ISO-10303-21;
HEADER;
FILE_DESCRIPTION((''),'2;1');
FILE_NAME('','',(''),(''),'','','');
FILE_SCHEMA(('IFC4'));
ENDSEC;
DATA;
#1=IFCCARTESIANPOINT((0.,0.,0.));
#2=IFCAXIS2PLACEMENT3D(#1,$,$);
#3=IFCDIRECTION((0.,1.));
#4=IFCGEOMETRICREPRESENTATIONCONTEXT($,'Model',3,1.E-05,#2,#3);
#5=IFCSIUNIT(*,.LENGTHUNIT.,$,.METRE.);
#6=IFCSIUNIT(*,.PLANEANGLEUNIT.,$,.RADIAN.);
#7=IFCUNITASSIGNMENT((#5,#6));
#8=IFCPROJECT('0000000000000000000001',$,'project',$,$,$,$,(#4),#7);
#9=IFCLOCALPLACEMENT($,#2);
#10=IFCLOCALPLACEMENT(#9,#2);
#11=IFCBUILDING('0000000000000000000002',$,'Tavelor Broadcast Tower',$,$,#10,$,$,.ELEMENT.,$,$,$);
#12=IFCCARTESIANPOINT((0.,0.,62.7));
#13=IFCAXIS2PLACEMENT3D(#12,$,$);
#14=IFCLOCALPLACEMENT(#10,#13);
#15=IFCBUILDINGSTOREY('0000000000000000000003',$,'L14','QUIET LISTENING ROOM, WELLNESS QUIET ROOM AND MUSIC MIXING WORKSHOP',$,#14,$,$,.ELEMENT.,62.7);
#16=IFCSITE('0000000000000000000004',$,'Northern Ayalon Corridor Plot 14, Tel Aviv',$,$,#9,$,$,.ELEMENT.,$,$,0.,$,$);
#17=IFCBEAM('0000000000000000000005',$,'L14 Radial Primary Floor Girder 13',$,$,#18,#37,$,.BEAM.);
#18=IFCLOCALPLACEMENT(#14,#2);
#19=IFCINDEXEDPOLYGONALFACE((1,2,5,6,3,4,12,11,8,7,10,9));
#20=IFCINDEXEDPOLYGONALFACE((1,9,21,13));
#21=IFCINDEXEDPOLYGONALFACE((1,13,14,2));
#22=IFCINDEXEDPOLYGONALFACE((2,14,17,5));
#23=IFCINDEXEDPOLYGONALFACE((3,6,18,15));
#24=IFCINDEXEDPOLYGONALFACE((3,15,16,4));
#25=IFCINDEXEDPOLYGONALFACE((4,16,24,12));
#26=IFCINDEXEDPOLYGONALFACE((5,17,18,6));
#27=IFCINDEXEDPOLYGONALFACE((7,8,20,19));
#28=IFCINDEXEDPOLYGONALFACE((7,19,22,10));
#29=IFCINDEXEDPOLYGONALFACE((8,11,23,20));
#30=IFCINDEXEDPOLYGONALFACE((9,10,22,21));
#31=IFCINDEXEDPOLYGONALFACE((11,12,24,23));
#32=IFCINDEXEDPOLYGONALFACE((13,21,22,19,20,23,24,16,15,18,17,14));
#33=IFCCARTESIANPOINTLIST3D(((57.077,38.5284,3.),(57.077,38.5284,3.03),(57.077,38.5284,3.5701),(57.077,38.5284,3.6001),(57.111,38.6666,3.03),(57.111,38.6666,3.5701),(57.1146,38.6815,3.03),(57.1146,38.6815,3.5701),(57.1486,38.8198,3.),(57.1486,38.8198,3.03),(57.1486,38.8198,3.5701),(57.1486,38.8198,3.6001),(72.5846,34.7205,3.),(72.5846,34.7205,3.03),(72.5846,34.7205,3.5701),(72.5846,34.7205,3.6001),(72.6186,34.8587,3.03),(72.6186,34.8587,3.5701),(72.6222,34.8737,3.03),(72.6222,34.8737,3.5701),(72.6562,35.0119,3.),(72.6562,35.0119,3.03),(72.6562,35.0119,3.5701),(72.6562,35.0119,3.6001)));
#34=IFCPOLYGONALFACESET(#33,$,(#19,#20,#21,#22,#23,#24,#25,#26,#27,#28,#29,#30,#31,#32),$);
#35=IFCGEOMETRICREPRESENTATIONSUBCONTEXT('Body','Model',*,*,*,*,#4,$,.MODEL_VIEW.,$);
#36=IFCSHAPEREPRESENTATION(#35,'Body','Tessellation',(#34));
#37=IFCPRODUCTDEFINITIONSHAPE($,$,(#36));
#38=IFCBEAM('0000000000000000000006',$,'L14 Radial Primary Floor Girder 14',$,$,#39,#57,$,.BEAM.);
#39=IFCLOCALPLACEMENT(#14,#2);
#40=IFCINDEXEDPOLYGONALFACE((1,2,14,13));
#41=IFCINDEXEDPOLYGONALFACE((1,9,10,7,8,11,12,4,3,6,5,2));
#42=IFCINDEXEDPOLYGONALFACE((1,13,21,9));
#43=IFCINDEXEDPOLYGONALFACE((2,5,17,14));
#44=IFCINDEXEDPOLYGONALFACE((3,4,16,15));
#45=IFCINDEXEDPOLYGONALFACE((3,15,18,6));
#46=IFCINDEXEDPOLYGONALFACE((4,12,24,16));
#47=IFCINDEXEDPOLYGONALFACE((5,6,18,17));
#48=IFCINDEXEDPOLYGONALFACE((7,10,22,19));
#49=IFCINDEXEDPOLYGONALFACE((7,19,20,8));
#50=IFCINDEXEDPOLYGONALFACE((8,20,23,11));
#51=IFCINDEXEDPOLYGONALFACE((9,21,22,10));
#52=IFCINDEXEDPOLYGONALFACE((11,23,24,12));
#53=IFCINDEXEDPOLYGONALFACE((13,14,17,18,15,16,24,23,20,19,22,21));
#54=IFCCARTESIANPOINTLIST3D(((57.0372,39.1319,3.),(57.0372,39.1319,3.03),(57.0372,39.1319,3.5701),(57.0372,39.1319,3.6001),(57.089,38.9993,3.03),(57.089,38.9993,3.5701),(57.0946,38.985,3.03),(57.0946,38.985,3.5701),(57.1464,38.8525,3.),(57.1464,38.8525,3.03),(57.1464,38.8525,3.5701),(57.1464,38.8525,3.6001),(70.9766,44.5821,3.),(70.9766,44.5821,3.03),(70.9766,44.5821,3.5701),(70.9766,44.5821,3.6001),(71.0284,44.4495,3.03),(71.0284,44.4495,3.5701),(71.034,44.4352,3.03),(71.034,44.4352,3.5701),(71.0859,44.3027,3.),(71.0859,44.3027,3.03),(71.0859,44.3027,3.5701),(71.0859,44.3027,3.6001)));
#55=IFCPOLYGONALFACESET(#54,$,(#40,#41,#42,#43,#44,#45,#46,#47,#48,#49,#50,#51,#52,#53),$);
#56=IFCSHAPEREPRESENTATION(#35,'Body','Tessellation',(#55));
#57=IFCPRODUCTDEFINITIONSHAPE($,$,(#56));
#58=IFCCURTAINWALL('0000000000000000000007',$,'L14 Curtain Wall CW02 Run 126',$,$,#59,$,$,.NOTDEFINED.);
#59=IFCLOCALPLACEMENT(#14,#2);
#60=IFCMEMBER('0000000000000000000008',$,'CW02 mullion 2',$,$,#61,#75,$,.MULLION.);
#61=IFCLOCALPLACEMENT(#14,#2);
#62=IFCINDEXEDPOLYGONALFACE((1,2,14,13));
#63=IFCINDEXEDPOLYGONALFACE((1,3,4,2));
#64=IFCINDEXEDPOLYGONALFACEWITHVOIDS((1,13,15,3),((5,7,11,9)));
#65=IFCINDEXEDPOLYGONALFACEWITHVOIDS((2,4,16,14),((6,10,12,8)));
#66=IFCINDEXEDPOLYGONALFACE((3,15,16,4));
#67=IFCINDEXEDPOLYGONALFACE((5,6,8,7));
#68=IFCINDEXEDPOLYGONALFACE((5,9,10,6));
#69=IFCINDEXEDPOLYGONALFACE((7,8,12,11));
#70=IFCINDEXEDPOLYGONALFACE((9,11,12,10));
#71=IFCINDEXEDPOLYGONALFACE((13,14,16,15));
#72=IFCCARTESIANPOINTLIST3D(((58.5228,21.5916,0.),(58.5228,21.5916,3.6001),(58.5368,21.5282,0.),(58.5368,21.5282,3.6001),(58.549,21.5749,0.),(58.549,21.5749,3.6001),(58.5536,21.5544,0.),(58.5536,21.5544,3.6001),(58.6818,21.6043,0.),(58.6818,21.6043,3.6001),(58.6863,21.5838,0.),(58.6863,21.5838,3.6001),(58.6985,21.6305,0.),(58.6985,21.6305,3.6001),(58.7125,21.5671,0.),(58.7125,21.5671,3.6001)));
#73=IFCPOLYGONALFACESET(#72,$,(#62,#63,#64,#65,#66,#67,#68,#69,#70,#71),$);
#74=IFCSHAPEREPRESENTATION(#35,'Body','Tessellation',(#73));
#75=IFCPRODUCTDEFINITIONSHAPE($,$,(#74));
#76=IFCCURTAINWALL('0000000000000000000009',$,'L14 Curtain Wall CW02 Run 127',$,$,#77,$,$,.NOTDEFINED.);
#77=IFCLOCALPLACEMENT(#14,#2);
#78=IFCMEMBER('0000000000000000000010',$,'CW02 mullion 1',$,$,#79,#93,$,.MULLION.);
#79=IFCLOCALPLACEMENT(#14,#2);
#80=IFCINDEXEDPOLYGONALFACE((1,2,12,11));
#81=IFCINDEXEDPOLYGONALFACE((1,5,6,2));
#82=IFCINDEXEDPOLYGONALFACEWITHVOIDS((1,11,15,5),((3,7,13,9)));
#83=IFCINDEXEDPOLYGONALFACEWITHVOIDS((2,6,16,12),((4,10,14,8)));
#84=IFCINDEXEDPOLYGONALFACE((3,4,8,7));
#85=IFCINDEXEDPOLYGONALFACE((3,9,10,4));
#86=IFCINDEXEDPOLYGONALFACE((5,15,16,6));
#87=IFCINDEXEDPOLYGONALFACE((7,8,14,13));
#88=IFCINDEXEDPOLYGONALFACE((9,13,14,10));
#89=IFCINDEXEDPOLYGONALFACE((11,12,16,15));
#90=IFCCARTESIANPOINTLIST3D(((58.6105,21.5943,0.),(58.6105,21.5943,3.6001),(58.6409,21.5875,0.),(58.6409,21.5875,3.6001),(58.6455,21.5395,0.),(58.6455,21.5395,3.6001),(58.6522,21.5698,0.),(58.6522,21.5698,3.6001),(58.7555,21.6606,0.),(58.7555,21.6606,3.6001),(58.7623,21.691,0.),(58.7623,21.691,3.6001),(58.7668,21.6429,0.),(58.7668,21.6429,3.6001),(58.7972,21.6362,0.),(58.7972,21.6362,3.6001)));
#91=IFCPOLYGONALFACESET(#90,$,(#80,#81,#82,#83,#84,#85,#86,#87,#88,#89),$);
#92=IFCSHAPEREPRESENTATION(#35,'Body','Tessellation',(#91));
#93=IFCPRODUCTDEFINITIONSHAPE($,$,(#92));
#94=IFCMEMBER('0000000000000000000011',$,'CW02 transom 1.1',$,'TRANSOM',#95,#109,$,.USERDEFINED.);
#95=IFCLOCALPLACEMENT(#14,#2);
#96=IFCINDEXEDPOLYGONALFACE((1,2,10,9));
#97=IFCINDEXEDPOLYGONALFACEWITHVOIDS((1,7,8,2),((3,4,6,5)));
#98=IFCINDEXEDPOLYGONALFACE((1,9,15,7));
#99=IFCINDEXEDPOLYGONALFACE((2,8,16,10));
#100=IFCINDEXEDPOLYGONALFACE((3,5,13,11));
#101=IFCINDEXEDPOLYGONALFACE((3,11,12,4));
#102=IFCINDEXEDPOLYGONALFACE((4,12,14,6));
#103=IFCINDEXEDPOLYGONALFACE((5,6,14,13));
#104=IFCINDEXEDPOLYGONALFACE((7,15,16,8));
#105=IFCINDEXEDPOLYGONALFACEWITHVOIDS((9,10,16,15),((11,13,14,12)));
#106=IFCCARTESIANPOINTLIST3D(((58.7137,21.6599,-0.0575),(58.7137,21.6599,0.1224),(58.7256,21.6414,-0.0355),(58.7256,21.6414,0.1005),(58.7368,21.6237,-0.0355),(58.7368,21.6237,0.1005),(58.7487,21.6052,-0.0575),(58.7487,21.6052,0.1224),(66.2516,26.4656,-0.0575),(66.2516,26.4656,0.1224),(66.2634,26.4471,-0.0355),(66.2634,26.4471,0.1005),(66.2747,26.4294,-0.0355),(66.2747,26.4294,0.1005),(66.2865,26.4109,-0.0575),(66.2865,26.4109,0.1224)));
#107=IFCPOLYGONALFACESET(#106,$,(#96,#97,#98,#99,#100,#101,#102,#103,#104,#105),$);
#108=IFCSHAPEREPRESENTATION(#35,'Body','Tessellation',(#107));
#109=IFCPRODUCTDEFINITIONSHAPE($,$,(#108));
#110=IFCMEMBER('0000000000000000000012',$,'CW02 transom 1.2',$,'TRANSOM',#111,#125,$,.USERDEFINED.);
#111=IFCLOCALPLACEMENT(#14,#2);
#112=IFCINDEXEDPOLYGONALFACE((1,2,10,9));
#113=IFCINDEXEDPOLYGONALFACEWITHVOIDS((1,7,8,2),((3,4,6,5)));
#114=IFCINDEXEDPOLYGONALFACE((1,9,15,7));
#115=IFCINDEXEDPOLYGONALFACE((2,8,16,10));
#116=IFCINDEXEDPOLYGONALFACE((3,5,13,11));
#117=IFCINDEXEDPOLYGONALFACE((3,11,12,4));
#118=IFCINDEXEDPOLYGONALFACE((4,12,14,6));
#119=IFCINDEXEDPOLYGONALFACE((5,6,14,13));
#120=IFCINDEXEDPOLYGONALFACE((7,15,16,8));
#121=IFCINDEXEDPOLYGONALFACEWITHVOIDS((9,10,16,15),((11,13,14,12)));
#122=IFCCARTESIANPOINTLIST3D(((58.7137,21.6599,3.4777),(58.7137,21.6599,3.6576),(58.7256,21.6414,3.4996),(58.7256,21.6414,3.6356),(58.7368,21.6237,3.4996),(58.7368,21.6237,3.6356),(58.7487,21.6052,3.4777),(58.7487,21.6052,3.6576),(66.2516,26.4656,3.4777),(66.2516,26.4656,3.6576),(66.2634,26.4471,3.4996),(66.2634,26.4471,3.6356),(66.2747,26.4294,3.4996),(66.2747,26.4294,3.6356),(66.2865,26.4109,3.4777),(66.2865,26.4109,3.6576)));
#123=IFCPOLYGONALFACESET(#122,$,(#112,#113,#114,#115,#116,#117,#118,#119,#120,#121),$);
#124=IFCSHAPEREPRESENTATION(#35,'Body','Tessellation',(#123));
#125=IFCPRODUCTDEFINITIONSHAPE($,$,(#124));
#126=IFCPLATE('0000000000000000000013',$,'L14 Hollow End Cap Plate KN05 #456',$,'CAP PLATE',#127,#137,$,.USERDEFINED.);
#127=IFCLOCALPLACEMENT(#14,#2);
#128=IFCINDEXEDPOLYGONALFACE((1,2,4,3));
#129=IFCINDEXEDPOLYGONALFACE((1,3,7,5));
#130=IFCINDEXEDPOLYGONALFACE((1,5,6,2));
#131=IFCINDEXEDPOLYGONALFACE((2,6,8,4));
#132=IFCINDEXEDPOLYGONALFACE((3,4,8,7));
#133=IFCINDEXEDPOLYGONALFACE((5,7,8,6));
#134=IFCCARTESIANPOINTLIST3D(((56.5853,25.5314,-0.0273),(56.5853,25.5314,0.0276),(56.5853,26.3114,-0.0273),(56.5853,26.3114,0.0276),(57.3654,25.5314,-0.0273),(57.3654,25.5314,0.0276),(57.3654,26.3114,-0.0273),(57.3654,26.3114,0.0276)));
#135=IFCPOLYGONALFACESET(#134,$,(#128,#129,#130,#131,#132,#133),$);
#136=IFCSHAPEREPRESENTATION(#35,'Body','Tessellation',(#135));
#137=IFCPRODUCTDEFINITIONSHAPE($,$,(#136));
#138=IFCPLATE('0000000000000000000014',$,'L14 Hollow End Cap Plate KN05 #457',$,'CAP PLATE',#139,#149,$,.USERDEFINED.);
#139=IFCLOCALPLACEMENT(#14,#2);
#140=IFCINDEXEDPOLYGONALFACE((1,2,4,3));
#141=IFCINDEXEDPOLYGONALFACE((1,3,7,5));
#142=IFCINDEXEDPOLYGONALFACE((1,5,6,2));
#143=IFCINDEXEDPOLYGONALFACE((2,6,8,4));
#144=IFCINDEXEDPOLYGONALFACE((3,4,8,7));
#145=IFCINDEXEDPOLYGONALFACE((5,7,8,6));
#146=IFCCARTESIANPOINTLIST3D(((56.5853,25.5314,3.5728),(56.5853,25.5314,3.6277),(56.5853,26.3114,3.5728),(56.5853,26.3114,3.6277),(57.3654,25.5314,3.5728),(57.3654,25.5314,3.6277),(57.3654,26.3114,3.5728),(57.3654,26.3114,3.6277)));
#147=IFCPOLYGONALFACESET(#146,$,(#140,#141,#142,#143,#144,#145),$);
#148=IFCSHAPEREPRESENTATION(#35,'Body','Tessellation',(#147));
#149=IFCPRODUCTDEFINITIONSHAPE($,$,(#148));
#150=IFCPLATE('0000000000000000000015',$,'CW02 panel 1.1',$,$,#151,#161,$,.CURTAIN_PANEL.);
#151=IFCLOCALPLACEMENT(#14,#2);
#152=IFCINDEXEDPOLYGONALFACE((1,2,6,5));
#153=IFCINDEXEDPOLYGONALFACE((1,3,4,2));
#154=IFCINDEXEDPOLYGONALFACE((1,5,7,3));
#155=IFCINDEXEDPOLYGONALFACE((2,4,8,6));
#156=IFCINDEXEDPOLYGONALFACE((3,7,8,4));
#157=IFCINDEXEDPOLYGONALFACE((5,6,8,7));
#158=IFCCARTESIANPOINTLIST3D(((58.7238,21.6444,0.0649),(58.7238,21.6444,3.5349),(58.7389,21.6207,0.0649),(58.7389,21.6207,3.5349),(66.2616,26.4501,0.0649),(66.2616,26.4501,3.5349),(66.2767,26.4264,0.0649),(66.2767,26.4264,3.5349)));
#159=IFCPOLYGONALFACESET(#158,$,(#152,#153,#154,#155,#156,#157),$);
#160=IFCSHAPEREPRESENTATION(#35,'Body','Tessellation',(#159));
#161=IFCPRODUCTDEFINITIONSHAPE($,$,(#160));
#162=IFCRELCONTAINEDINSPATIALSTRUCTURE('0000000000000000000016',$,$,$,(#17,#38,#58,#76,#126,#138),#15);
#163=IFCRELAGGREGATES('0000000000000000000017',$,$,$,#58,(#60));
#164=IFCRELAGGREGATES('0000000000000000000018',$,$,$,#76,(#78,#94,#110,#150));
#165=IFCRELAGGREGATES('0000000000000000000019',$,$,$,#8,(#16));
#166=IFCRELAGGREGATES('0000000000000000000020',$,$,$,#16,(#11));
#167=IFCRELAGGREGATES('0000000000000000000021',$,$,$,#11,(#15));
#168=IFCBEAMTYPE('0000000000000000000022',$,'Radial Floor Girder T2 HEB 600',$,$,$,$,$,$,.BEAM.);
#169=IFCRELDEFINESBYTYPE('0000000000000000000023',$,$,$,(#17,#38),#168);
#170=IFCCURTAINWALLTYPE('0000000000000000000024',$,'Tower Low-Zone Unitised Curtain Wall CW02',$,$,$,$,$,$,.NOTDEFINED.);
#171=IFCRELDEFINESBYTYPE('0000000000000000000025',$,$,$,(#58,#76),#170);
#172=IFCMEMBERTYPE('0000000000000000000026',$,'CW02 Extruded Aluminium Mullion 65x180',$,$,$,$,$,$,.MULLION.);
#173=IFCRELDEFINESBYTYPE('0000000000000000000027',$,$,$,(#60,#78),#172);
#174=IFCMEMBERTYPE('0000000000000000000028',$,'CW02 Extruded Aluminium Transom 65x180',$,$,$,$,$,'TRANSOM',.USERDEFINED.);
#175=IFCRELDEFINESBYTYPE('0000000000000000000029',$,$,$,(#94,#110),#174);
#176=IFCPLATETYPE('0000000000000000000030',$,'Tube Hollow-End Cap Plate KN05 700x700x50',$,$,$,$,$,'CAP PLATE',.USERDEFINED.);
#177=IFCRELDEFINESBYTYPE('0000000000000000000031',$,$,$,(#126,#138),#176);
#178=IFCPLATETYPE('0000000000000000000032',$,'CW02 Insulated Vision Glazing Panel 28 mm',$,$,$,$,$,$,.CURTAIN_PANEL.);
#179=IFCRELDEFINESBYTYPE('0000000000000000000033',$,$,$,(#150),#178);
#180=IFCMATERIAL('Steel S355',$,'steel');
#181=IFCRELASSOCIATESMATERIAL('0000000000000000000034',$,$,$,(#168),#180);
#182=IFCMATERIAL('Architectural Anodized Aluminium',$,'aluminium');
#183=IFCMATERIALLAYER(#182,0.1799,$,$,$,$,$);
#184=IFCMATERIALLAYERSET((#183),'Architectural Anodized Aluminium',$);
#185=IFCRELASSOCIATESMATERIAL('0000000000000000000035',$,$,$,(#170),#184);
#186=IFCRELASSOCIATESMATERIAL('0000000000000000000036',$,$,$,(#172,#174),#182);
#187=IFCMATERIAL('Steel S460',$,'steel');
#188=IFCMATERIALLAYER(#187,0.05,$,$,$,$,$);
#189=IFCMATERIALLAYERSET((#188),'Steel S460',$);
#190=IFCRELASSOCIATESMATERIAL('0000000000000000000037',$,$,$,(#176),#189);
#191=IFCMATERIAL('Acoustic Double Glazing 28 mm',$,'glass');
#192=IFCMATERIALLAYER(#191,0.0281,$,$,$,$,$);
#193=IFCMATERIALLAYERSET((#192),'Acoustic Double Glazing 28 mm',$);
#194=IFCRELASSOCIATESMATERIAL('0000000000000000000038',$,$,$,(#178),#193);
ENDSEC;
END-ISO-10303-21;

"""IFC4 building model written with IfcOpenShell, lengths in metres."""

from ifc_helpers import new_model, si_unit, direction, frame, origin, origin_2d, place, context, subcontext, project, spatial, rectangle, hollow_rectangle, i_section, extrude, source, transform, mapped, material, layer, layer_set, material_profile, profile_set, type_object, type_shapes, element, aggregate, save


model = new_model("IFC4")

# Units and contexts
model_context = context("Model", 3, precision=1e-05, world=origin(), true_north=direction((0.0, 1.0)))
body_context = subcontext(model_context, "Body", "Model", "MODEL_VIEW")
ifc_project = project(units=[si_unit("LENGTHUNIT", "METRE"), si_unit("PLANEANGLEUNIT", "RADIAN")], contexts=[model_context])

# Site, building, storey
site_placement = place(None, origin())
site = spatial("IfcSite", under=ifc_project, at=site_placement, Name="Northern Ayalon Corridor Plot 14, Tel Aviv", CompositionType="ELEMENT", RefElevation=0.0)
building_placement = place(site_placement, origin())
building = spatial("IfcBuilding", under=site, at=building_placement, Name="Tavelor Broadcast Tower", CompositionType="ELEMENT")
storey_placement = place(building_placement, frame((0.0, 0.0, 62.7)))
storey = spatial("IfcBuildingStorey", under=building, at=storey_placement, Name="L14", Description="QUIET LISTENING ROOM, WELLNESS QUIET ROOM AND MUSIC MIXING WORKSHOP", CompositionType="ELEMENT", Elevation=62.7)

# Shared definitions
ifc_material_1 = material(Name="Steel S460", Category="steel")

# Beams
ifc_material_2 = material(Name="Steel S355", Category="steel")
ifc_material_profile_1 = material_profile(ifc_material_2, i_section(OverallWidth=0.3, OverallDepth=0.6001, WebThickness=0.0154, FlangeThickness=0.03, at=origin_2d()), Name="HEB 600")
ifc_profile_set_1 = profile_set([ifc_material_profile_1], Name="Steel S355")
beam_type_1 = type_object("IfcBeamType", Name="Radial Floor Girder T2 HEB 600", PredefinedType="BEAM", material=ifc_profile_set_1)
beam_1_placement = place(storey_placement, frame((57.1128, 38.6741, 3.3), z_axis=(0.971151, -0.238465, 0.0), x_axis=(0.238465, 0.971151, 0.0)))
element("IfcBeam", 1, at=beam_1_placement, inside=storey, type_object=beam_type_1, Name="L14 Radial Primary Floor Girder 13", PredefinedType="BEAM", context=body_context, shape_type="SweptSolid", body=[
    extrude(i_section(OverallWidth=0.3, OverallDepth=0.6001, WebThickness=0.0154, FlangeThickness=0.03, at=origin_2d()), origin(), (0.0, 0.0, 1.0), 15.9683),
])
beam_2_placement = place(storey_placement, frame((57.0918, 38.9922, 3.3), z_axis=(0.931342, 0.364146, 0.0), x_axis=(-0.364146, 0.931342, 0.0)))
element("IfcBeam", 2, at=beam_2_placement, inside=storey, type_object=beam_type_1, Name="L14 Radial Primary Floor Girder 14", PredefinedType="BEAM", context=body_context, shape_type="SweptSolid", body=[
    extrude(i_section(OverallWidth=0.3, OverallDepth=0.6001, WebThickness=0.0154, FlangeThickness=0.03, at=origin_2d()), origin(), (0.0, 0.0, 1.0), 14.967),
])

# Curtain wall, member
ifc_material_3 = material(Name="Architectural Anodized Aluminium", Category="aluminium")
ifc_layer_1 = layer(ifc_material_3, 0.1799)
ifc_layer_set_1 = layer_set([ifc_layer_1], Name="Architectural Anodized Aluminium")
curtain_wall_type = type_object("IfcCurtainWallType", Name="Tower Low-Zone Unitised Curtain Wall CW02", PredefinedType="NOTDEFINED", material=ifc_layer_set_1)
curtain_wall_1_placement = place(storey_placement, origin())
curtain_wall_1 = element("IfcCurtainWall", 3, at=curtain_wall_1_placement, inside=storey, type_object=curtain_wall_type, Name="L14 Curtain Wall CW02 Run 126", PredefinedType="NOTDEFINED")
ifc_material_profile_2 = material_profile(ifc_material_3, hollow_rectangle(XDim=0.0649, YDim=0.1799, WallThickness=0.022, at=origin_2d()), Name="RHS 65x180x22")
ifc_profile_set_2 = profile_set([ifc_material_profile_2], Name="Architectural Anodized Aluminium")
member_type_1 = type_object("IfcMemberType", Name="CW02 Extruded Aluminium Mullion 65x180", PredefinedType="MULLION", material=ifc_profile_set_2)
shared_shape_1 = source(origin(), body_context, "Body", "SweptSolid", [
    extrude(hollow_rectangle(XDim=0.0649, YDim=0.1799, WallThickness=0.022, at=origin_2d()), origin(), (0.0, 0.0, 1.0), 3.6001),
])
type_shapes(member_type_1, [shared_shape_1])
member_1_placement = place(storey_placement, frame((58.6177, 21.5793, 0.0), z_axis=(0.0, 0.0, 1.0), x_axis=(-0.216017, 0.97639, 0.0)))
member_1 = element("IfcMember", 4, at=member_1_placement, type_object=member_type_1, Name="CW02 mullion 2", PredefinedType="MULLION", context=body_context, shape_type="MappedRepresentation", body=[
    mapped(shared_shape_1, transform((0.0, 0.0, 0.0), scale=1.0)),
])
aggregate(curtain_wall_1, [member_1])

# Curtain wall, members
curtain_wall_2_placement = place(storey_placement, origin())
curtain_wall_2 = element("IfcCurtainWall", 5, at=curtain_wall_2_placement, inside=storey, type_object=curtain_wall_type, Name="L14 Curtain Wall CW02 Run 127", PredefinedType="NOTDEFINED")
member_2_placement = place(storey_placement, frame((58.7039, 21.6152, 0.0), z_axis=(0.0, 0.0, 1.0), x_axis=(-0.537579, 0.843213, 0.0)))
member_2 = element("IfcMember", 6, at=member_2_placement, type_object=member_type_1, Name="CW02 mullion 1", PredefinedType="MULLION", context=body_context, shape_type="MappedRepresentation", body=[
    mapped(shared_shape_1, transform((0.0, 0.0, 0.0), scale=1.0)),
])
ifc_material_profile_3 = material_profile(ifc_material_3, hollow_rectangle(XDim=0.0649, YDim=0.1799, WallThickness=0.022, at=origin_2d()), Name="RHS 65x180x22")
ifc_profile_set_3 = profile_set([ifc_material_profile_3], Name="Architectural Anodized Aluminium")
member_type_2 = type_object("IfcMemberType", Name="CW02 Extruded Aluminium Transom 65x180", ElementType="TRANSOM", PredefinedType="USERDEFINED", material=ifc_profile_set_3)
shared_shape_2 = source(origin(), body_context, "Body", "SweptSolid", [
    extrude(hollow_rectangle(XDim=0.0649, YDim=0.1799, WallThickness=0.022, at=origin_2d()), origin(), (0.0, 0.0, 1.0), 8.9395),
])
type_shapes(member_type_2, [shared_shape_2])
member_3_placement = place(storey_placement, frame((58.7312, 21.6326, 0.0325), z_axis=(0.843212, 0.53758, 0.0), x_axis=(-0.53758, 0.843212, 0.0)))
member_3 = element("IfcMember", 7, at=member_3_placement, type_object=member_type_2, Name="CW02 transom 1.1", ObjectType="TRANSOM", PredefinedType="USERDEFINED", context=body_context, shape_type="MappedRepresentation", body=[
    mapped(shared_shape_2, transform((0.0, 0.0, 0.0), scale=1.0)),
])
member_4_placement = place(storey_placement, frame((58.7312, 21.6326, 3.5676), z_axis=(0.843212, 0.53758, 0.0), x_axis=(-0.53758, 0.843212, 0.0)))
member_4 = element("IfcMember", 8, at=member_4_placement, type_object=member_type_2, Name="CW02 transom 1.2", ObjectType="TRANSOM", PredefinedType="USERDEFINED", context=body_context, shape_type="MappedRepresentation", body=[
    mapped(shared_shape_2, transform((0.0, 0.0, 0.0), scale=1.0)),
])

# Plates
ifc_layer_2 = layer(ifc_material_1, 0.05)
ifc_layer_set_2 = layer_set([ifc_layer_2], Name="Steel S460")
plate_type_1 = type_object("IfcPlateType", Name="Tube Hollow-End Cap Plate KN05 700x700x50", ElementType="CAP PLATE", PredefinedType="USERDEFINED", material=ifc_layer_set_2)
shared_shape_3 = source(origin(), body_context, "Body", "SweptSolid", [
    extrude(rectangle(XDim=0.78, YDim=0.78, at=origin_2d()), origin(), (0.0, 0.0, 1.0), 0.0549),
])
type_shapes(plate_type_1, [shared_shape_3])
for number, where, z_axis, x_axis, name in (
    (9, (56.9753, 25.9214, -0.0273), (0.0, 0.0, 1.0), (1.0, 0.0, 0.0), "L14 Hollow End Cap Plate KN05 #456"),
    (10, (56.9753, 25.9214, 3.5728), (0.0, 0.0, 1.0), (1.0, 0.0, 0.0), "L14 Hollow End Cap Plate KN05 #457"),
):
    element("IfcPlate", number, at=place(storey_placement, frame(where, z_axis=z_axis, x_axis=x_axis)), inside=storey, type_object=plate_type_1, Name=name, ObjectType="CAP PLATE", PredefinedType="USERDEFINED", context=body_context, shape_type="MappedRepresentation", body=[
        mapped(shared_shape_3, transform((0.0, 0.0, 0.0), scale=1.0)),
    ])

# Plate
ifc_material_4 = material(Name="Acoustic Double Glazing 28 mm", Category="glass")
ifc_layer_3 = layer(ifc_material_4, 0.0281)
ifc_layer_set_3 = layer_set([ifc_layer_3], Name="Acoustic Double Glazing 28 mm")
plate_type_2 = type_object("IfcPlateType", Name="CW02 Insulated Vision Glazing Panel 28 mm", PredefinedType="CURTAIN_PANEL", material=ifc_layer_set_3)
shared_shape_4 = source(origin(), body_context, "Body", "SweptSolid", [
    extrude(rectangle(XDim=8.9395, YDim=0.0281, at=origin_2d()), origin(), (0.0, 0.0, 1.0), 3.47),
])
type_shapes(plate_type_2, [shared_shape_4])
plate_placement = place(storey_placement, frame((62.5002, 24.0354, 0.0649), z_axis=(0.0, 0.0, 1.0), x_axis=(0.843213, 0.537579, 0.0)))
plate = element("IfcPlate", 11, at=plate_placement, type_object=plate_type_2, Name="CW02 panel 1.1", PredefinedType="CURTAIN_PANEL", context=body_context, shape_type="MappedRepresentation", body=[
    mapped(shared_shape_4, transform((0.0, 0.0, 0.0), scale=1.0)),
])
aggregate(curtain_wall_2, [member_2, member_3, member_4, plate])

save(model, "model.ifc")
